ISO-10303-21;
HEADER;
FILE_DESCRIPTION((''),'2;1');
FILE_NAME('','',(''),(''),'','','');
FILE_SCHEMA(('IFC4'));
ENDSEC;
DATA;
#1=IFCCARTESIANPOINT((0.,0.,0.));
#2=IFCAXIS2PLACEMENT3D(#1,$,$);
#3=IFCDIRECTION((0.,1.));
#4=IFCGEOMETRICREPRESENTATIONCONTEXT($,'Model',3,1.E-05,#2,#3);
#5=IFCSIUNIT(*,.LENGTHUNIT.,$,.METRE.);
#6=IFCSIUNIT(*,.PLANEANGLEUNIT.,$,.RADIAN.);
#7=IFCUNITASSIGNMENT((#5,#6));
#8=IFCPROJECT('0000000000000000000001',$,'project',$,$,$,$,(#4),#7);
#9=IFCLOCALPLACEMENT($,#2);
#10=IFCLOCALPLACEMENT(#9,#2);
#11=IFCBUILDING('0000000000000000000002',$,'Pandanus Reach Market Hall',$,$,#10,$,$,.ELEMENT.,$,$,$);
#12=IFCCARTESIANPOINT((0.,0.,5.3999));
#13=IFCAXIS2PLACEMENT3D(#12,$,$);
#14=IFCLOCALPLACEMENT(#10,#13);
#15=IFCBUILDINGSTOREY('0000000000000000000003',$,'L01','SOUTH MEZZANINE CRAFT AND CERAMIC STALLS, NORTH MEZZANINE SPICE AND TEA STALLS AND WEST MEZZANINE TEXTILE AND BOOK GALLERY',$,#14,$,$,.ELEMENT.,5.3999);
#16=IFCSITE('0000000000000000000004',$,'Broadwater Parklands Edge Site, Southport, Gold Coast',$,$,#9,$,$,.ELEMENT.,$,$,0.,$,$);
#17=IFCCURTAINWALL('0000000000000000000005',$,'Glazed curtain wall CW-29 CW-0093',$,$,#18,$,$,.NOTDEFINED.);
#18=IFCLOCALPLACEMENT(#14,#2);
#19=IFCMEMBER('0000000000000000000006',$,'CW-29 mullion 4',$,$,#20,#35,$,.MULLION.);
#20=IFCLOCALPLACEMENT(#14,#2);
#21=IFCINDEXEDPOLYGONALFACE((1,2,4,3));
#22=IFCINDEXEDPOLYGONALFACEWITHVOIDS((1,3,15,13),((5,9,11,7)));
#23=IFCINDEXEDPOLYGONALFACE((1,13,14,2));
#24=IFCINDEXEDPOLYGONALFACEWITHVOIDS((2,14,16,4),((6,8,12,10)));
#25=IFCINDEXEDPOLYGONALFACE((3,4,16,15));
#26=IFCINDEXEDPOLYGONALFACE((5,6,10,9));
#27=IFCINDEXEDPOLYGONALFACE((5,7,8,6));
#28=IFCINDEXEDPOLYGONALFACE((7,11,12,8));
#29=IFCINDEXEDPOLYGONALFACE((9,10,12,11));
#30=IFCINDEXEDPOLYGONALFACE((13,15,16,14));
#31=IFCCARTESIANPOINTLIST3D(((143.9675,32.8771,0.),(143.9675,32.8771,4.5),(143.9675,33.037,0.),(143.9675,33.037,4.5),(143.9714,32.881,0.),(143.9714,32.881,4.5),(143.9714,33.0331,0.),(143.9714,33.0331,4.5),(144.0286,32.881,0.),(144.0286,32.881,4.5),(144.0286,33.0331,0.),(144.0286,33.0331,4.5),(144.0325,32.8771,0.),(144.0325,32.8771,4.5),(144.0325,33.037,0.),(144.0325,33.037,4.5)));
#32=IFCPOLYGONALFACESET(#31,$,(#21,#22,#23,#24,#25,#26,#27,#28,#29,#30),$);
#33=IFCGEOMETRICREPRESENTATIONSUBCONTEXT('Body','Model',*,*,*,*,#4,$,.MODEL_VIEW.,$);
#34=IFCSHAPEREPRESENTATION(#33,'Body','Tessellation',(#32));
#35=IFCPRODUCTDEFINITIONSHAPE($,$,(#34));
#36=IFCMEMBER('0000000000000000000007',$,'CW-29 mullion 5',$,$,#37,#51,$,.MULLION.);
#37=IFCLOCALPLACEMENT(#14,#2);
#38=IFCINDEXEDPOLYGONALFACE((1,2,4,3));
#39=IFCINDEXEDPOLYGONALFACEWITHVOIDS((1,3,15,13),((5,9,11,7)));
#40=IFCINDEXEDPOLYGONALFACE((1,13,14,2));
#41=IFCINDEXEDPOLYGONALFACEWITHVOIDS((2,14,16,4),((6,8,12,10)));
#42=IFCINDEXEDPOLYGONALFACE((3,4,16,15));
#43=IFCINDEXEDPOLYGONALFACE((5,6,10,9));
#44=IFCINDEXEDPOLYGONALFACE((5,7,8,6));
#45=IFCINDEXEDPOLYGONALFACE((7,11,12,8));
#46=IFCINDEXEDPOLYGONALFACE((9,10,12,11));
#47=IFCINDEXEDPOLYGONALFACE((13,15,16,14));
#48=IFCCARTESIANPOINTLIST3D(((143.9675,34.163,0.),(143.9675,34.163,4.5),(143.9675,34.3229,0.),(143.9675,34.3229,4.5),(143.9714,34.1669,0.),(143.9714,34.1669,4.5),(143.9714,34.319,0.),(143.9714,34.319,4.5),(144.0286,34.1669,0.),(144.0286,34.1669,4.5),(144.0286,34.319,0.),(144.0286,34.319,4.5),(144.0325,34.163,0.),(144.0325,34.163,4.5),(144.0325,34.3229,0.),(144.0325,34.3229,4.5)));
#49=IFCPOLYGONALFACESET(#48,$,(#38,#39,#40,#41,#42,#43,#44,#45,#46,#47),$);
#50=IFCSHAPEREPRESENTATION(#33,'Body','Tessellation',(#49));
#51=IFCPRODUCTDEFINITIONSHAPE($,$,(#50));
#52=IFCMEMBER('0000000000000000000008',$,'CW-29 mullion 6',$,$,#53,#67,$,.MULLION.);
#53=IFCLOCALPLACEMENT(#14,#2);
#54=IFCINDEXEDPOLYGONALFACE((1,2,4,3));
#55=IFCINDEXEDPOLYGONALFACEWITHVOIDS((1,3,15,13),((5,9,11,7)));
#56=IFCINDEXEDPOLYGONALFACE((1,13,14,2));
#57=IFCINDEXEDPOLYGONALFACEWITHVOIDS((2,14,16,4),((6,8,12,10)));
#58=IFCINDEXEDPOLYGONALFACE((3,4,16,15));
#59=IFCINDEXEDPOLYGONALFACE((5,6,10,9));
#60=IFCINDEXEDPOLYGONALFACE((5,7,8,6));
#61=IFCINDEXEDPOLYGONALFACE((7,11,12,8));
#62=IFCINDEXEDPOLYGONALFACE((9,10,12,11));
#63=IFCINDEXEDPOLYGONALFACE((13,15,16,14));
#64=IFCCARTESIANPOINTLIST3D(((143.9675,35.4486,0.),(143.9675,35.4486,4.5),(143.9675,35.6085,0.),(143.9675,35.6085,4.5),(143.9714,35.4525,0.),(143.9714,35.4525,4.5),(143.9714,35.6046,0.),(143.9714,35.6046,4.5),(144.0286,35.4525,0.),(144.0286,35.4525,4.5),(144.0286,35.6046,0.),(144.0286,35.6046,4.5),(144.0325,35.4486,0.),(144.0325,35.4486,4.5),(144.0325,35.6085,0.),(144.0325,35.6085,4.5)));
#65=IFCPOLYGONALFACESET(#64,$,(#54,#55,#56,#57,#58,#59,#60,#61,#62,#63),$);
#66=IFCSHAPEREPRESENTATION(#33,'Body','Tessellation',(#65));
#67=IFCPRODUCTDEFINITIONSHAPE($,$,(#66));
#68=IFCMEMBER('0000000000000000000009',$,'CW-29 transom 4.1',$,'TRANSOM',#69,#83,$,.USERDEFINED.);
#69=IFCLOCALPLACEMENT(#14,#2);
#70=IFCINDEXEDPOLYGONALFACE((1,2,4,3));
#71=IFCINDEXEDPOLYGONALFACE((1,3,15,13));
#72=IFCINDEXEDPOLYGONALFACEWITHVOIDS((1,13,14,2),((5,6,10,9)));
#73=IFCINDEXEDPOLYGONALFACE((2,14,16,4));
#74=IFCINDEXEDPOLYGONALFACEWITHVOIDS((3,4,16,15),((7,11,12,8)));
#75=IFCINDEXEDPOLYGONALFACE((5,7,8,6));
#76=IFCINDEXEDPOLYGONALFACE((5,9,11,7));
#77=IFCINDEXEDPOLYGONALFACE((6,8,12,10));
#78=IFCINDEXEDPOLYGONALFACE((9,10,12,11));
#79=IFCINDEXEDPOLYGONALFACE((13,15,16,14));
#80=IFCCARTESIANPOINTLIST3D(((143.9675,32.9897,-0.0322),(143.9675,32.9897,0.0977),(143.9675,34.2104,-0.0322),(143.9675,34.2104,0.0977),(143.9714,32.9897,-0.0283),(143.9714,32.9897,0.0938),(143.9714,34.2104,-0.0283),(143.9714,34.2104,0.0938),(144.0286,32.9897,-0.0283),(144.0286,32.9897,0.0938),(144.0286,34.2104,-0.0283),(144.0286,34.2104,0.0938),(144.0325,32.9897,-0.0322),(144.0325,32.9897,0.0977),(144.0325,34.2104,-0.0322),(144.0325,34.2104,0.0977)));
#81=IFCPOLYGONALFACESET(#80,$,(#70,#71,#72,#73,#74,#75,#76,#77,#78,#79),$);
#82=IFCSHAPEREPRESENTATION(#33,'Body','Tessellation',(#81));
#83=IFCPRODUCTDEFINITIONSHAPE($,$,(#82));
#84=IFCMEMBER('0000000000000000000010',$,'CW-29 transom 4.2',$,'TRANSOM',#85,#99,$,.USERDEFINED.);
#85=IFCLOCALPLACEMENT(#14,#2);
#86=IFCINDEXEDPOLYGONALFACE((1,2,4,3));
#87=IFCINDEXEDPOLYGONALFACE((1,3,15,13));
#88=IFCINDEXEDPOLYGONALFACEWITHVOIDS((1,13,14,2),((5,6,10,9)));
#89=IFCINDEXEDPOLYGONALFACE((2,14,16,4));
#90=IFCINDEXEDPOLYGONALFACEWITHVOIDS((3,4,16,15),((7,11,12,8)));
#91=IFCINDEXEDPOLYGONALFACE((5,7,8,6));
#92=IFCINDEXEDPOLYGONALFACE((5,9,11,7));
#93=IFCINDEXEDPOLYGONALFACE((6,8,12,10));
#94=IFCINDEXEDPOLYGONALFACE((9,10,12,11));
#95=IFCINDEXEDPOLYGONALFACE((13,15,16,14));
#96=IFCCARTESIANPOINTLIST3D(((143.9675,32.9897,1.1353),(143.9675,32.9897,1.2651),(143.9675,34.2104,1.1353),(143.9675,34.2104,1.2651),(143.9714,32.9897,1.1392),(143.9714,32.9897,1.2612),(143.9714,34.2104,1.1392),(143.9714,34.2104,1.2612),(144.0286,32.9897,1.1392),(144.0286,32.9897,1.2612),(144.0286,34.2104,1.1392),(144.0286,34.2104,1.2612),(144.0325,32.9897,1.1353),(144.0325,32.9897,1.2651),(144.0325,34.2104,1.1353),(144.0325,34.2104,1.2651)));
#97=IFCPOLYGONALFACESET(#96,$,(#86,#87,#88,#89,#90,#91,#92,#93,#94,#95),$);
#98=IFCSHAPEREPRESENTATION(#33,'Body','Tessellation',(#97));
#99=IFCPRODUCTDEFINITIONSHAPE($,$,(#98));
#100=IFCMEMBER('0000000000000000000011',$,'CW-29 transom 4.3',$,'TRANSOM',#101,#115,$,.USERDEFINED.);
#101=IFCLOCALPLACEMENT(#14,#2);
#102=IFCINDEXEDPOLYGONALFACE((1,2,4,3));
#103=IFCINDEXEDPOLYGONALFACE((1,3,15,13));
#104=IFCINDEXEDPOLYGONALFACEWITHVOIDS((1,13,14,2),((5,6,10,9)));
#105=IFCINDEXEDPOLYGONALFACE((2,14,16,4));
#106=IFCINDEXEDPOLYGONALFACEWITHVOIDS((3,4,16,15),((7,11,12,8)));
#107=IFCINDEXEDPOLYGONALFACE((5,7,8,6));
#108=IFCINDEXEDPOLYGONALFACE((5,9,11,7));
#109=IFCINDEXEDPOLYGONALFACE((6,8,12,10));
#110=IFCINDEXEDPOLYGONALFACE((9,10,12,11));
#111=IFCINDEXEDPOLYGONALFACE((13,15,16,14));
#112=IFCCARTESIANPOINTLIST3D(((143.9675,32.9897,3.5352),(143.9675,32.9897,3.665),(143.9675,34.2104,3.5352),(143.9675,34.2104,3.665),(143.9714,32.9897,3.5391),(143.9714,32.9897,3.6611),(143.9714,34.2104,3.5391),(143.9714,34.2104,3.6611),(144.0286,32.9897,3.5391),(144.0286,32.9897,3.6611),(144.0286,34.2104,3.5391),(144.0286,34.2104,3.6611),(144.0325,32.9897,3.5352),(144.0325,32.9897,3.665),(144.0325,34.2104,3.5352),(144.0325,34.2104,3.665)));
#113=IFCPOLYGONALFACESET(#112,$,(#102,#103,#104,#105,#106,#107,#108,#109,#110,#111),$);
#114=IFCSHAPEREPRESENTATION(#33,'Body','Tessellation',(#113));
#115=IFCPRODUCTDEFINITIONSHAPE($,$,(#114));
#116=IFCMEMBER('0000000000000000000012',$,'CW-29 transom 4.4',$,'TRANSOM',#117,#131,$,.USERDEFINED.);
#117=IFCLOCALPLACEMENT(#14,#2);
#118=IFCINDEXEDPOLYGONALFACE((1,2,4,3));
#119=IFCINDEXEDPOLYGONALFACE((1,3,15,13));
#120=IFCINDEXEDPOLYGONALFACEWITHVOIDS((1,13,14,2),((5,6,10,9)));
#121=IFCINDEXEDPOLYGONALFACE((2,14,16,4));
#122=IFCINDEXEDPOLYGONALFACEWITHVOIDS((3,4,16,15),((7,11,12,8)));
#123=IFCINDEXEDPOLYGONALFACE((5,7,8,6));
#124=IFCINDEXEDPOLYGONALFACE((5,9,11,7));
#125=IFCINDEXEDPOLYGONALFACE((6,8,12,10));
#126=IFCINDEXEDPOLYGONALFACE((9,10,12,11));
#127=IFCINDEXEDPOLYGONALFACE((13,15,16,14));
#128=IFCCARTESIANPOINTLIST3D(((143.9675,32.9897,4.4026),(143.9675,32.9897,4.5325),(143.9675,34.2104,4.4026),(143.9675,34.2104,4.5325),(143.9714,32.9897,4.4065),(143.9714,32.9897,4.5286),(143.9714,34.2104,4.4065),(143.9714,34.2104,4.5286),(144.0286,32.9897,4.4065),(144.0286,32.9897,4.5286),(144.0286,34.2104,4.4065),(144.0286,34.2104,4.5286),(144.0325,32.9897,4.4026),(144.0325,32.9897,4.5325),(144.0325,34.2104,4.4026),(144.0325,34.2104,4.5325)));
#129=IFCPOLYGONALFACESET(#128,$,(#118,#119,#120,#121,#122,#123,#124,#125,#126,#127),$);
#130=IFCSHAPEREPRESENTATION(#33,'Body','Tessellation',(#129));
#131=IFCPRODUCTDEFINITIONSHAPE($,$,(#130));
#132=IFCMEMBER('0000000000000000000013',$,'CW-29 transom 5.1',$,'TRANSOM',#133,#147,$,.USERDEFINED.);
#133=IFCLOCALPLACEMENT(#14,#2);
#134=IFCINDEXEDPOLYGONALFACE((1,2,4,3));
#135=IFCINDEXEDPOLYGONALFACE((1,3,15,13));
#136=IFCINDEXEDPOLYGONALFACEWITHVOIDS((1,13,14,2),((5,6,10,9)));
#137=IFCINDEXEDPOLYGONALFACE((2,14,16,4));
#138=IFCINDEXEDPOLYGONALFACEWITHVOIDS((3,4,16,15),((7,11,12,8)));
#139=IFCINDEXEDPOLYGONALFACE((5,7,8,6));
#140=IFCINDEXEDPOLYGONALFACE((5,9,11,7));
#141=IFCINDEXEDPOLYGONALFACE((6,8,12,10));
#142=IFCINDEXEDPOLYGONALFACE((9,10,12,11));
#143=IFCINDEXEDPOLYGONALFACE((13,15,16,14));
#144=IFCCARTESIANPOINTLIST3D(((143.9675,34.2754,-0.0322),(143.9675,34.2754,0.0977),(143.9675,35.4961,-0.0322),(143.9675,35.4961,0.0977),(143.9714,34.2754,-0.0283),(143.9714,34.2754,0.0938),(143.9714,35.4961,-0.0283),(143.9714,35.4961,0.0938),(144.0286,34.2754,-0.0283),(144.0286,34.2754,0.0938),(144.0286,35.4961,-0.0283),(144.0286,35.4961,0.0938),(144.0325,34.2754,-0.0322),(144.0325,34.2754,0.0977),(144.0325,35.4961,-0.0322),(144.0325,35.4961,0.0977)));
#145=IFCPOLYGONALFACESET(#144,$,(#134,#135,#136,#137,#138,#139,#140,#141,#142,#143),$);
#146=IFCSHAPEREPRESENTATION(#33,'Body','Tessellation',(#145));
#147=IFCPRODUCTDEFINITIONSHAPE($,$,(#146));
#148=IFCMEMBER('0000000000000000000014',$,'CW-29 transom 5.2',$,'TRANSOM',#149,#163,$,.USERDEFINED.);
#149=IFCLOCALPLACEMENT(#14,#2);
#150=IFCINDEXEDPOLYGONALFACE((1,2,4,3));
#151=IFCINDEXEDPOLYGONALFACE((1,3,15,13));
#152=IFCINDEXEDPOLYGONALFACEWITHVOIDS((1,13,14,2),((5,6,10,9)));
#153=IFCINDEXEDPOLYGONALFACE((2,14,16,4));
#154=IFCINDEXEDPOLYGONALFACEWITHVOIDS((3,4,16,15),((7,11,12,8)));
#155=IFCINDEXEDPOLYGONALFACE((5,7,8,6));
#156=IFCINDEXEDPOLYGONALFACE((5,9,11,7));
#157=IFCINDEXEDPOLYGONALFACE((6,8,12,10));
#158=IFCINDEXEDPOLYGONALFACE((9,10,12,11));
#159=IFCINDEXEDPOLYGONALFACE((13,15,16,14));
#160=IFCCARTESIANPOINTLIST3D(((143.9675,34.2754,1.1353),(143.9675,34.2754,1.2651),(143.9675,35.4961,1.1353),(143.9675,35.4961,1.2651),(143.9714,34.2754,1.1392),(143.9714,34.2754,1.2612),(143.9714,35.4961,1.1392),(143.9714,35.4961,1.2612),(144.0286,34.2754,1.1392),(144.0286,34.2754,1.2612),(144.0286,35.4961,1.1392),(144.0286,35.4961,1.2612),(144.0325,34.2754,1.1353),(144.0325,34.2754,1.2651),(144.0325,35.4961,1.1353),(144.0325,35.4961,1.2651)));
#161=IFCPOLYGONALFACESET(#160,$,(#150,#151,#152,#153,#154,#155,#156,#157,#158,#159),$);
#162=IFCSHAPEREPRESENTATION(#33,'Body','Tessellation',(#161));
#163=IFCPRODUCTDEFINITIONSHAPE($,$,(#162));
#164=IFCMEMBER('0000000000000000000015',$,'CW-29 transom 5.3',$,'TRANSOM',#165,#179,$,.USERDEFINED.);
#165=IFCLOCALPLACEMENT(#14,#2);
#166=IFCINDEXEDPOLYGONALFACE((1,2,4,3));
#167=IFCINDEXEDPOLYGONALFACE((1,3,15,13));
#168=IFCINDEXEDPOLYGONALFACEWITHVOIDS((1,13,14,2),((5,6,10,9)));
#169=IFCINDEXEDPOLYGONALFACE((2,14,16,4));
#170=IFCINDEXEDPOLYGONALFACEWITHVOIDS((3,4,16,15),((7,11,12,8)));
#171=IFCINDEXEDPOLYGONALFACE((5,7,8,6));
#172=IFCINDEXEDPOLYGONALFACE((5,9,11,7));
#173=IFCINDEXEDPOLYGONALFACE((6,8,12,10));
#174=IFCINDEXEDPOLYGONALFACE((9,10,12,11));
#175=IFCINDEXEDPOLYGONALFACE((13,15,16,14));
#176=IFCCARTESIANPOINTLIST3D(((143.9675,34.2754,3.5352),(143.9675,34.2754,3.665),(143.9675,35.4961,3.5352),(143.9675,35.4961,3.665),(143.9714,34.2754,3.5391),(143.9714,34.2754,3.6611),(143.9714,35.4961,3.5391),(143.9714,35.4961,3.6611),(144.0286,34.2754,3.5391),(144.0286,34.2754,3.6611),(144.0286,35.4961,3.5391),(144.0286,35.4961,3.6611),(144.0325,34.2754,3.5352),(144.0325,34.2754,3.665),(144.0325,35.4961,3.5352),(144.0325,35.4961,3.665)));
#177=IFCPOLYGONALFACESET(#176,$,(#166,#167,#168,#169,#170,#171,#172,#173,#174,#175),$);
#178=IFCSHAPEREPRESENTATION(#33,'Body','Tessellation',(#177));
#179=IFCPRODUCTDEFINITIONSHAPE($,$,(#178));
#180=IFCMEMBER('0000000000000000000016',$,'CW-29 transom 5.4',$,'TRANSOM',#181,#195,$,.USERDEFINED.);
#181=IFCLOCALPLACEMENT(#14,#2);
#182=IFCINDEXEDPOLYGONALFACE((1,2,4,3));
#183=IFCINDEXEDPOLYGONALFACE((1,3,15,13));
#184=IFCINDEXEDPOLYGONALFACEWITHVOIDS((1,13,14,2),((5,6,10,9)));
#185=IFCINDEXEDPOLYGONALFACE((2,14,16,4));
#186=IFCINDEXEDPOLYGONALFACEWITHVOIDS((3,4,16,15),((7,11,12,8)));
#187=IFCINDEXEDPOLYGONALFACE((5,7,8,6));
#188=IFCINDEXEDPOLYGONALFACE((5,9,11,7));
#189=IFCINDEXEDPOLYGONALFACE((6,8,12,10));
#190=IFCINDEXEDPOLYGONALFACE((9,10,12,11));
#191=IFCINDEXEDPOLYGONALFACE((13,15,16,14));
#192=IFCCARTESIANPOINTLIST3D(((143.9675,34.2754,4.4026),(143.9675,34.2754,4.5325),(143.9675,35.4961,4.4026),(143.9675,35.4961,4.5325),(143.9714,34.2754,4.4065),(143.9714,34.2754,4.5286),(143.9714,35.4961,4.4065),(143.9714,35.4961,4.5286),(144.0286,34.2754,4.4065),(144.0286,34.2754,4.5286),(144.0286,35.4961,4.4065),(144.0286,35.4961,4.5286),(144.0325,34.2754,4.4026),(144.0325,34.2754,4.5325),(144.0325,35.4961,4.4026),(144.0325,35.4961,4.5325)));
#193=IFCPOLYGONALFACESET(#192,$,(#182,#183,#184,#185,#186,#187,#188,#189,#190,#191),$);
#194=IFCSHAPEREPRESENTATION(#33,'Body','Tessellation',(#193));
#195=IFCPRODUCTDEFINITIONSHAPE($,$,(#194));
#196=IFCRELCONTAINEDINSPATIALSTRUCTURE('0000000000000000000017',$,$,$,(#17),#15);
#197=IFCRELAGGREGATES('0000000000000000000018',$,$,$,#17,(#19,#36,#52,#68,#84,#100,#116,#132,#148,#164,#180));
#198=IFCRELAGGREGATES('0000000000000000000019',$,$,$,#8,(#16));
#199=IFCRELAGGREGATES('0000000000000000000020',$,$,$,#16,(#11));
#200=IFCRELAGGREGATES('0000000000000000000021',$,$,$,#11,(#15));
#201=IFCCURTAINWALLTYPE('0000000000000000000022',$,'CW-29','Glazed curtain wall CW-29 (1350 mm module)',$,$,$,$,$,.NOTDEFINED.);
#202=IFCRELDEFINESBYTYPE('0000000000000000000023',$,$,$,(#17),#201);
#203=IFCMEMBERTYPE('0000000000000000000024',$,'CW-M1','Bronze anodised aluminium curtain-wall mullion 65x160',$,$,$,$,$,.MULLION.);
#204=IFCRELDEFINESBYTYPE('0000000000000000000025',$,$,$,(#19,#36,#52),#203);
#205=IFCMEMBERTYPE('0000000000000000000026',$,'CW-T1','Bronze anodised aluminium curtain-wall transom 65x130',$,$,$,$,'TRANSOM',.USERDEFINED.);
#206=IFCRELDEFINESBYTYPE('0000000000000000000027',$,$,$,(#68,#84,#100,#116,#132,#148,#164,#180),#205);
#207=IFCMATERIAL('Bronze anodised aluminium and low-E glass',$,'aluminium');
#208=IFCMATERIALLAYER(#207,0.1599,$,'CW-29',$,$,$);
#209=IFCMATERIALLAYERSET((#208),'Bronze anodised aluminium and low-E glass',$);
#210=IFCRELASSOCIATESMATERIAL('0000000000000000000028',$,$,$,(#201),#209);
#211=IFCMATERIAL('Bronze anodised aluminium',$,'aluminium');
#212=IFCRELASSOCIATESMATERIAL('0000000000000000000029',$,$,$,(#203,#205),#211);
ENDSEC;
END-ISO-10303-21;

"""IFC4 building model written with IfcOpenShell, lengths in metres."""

from ifc_helpers import new_model, si_unit, direction, frame, origin, origin_2d, place, context, subcontext, project, spatial, hollow_rectangle, extrude, material, layer, layer_set, material_profile, profile_set, type_object, element, aggregate, save


model = new_model("IFC4")

# Units and contexts
model_context = context("Model", 3, precision=1e-05, world=origin(), true_north=direction((0.0, 1.0)))
body_context = subcontext(model_context, "Body", "Model", "MODEL_VIEW")
ifc_project = project(units=[si_unit("LENGTHUNIT", "METRE"), si_unit("PLANEANGLEUNIT", "RADIAN")], contexts=[model_context])

# Site, building, storey
site_placement = place(None, origin())
site = spatial("IfcSite", under=ifc_project, at=site_placement, Name="Broadwater Parklands Edge Site, Southport, Gold Coast", CompositionType="ELEMENT", RefElevation=0.0)
building_placement = place(site_placement, origin())
building = spatial("IfcBuilding", under=site, at=building_placement, Name="Pandanus Reach Market Hall", CompositionType="ELEMENT")
storey_placement = place(building_placement, frame((0.0, 0.0, 5.3999)))
storey = spatial("IfcBuildingStorey", under=building, at=storey_placement, Name="L01", Description="SOUTH MEZZANINE CRAFT AND CERAMIC STALLS, NORTH MEZZANINE SPICE AND TEA STALLS AND WEST MEZZANINE TEXTILE AND BOOK GALLERY", CompositionType="ELEMENT", Elevation=5.3999)

# Curtain wall, members
ifc_material_1 = material(Name="Bronze anodised aluminium and low-E glass", Category="aluminium")
ifc_layer_1 = layer(ifc_material_1, 0.1599, Name="CW-29")
ifc_layer_set_1 = layer_set([ifc_layer_1], Name="Bronze anodised aluminium and low-E glass")
curtain_wall_type = type_object("IfcCurtainWallType", Name="CW-29", Description="Glazed curtain wall CW-29 (1350 mm module)", PredefinedType="NOTDEFINED", material=ifc_layer_set_1)
curtain_wall_placement = place(storey_placement, origin())
curtain_wall = element("IfcCurtainWall", 1, at=curtain_wall_placement, inside=storey, type_object=curtain_wall_type, Name="Glazed curtain wall CW-29 CW-0093", PredefinedType="NOTDEFINED")
ifc_material_2 = material(Name="Bronze anodised aluminium", Category="aluminium")
ifc_material_profile_1 = material_profile(ifc_material_2, hollow_rectangle(XDim=0.0649, YDim=0.1599, WallThickness=0.0039, at=origin_2d()), Name="ALU65x160", Category="LoadBearing")
ifc_profile_set_1 = profile_set([ifc_material_profile_1], Name="Bronze anodised aluminium")
member_type_1 = type_object("IfcMemberType", Name="CW-M1", Description="Bronze anodised aluminium curtain-wall mullion 65x160", PredefinedType="MULLION", material=ifc_profile_set_1)
member_1_placement = place(storey_placement, frame((144.0, 32.957, 0.0), z_axis=(0.0, 0.0, 1.0), x_axis=(-1.0, 0.0, 0.0)))
member_1 = element("IfcMember", 2, at=member_1_placement, type_object=member_type_1, Name="CW-29 mullion 4", PredefinedType="MULLION", context=body_context, shape_type="SweptSolid", body=[
    extrude(hollow_rectangle(XDim=0.0649, YDim=0.1599, WallThickness=0.0039, at=origin_2d()), origin(), (0.0, 0.0, 1.0), 4.5),
])
member_2_placement = place(storey_placement, frame((144.0, 34.2429, 0.0), z_axis=(0.0, 0.0, 1.0), x_axis=(-1.0, 0.0, 0.0)))
member_2 = element("IfcMember", 3, at=member_2_placement, type_object=member_type_1, Name="CW-29 mullion 5", PredefinedType="MULLION", context=body_context, shape_type="SweptSolid", body=[
    extrude(hollow_rectangle(XDim=0.0649, YDim=0.1599, WallThickness=0.0039, at=origin_2d()), origin(), (0.0, 0.0, 1.0), 4.5),
])
member_3_placement = place(storey_placement, frame((144.0, 35.5286, 0.0), z_axis=(0.0, 0.0, 1.0), x_axis=(-1.0, 0.0, 0.0)))
member_3 = element("IfcMember", 4, at=member_3_placement, type_object=member_type_1, Name="CW-29 mullion 6", PredefinedType="MULLION", context=body_context, shape_type="SweptSolid", body=[
    extrude(hollow_rectangle(XDim=0.0649, YDim=0.1599, WallThickness=0.0039, at=origin_2d()), origin(), (0.0, 0.0, 1.0), 4.5),
])
ifc_material_profile_2 = material_profile(ifc_material_2, hollow_rectangle(XDim=0.0649, YDim=0.1299, WallThickness=0.0039, at=origin_2d()), Name="ALU65x130", Category="LoadBearing")
ifc_profile_set_2 = profile_set([ifc_material_profile_2], Name="Bronze anodised aluminium")
member_type_2 = type_object("IfcMemberType", Name="CW-T1", Description="Bronze anodised aluminium curtain-wall transom 65x130", ElementType="TRANSOM", PredefinedType="USERDEFINED", material=ifc_profile_set_2)
member_4_placement = place(storey_placement, frame((144.0, 32.9897, 0.0327), z_axis=(0.0, 1.0, 0.0), x_axis=(-1.0, 0.0, 0.0)))
member_4 = element("IfcMember", 5, at=member_4_placement, type_object=member_type_2, Name="CW-29 transom 4.1", ObjectType="TRANSOM", PredefinedType="USERDEFINED", context=body_context, shape_type="SweptSolid", body=[
    extrude(hollow_rectangle(XDim=0.0649, YDim=0.1299, WallThickness=0.0039, at=origin_2d()), origin(), (0.0, 0.0, 1.0), 1.2207),
])
member_5_placement = place(storey_placement, frame((144.0, 32.9897, 1.2002), z_axis=(0.0, 1.0, 0.0), x_axis=(-1.0, 0.0, 0.0)))
member_5 = element("IfcMember", 6, at=member_5_placement, type_object=member_type_2, Name="CW-29 transom 4.2", ObjectType="TRANSOM", PredefinedType="USERDEFINED", context=body_context, shape_type="SweptSolid", body=[
    extrude(hollow_rectangle(XDim=0.0649, YDim=0.1299, WallThickness=0.0039, at=origin_2d()), origin(), (0.0, 0.0, 1.0), 1.2207),
])
member_6_placement = place(storey_placement, frame((144.0, 32.9897, 3.6001), z_axis=(0.0, 1.0, 0.0), x_axis=(-1.0, 0.0, 0.0)))
member_6 = element("IfcMember", 7, at=member_6_placement, type_object=member_type_2, Name="CW-29 transom 4.3", ObjectType="TRANSOM", PredefinedType="USERDEFINED", context=body_context, shape_type="SweptSolid", body=[
    extrude(hollow_rectangle(XDim=0.0649, YDim=0.1299, WallThickness=0.0039, at=origin_2d()), origin(), (0.0, 0.0, 1.0), 1.2207),
])
member_7_placement = place(storey_placement, frame((144.0, 32.9897, 4.4675), z_axis=(0.0, 1.0, 0.0), x_axis=(-1.0, 0.0, 0.0)))
member_7 = element("IfcMember", 8, at=member_7_placement, type_object=member_type_2, Name="CW-29 transom 4.4", ObjectType="TRANSOM", PredefinedType="USERDEFINED", context=body_context, shape_type="SweptSolid", body=[
    extrude(hollow_rectangle(XDim=0.0649, YDim=0.1299, WallThickness=0.0039, at=origin_2d()), origin(), (0.0, 0.0, 1.0), 1.2207),
])
member_8_placement = place(storey_placement, frame((144.0, 34.2754, 0.0327), z_axis=(0.0, 1.0, 0.0), x_axis=(-1.0, 0.0, 0.0)))
member_8 = element("IfcMember", 9, at=member_8_placement, type_object=member_type_2, Name="CW-29 transom 5.1", ObjectType="TRANSOM", PredefinedType="USERDEFINED", context=body_context, shape_type="SweptSolid", body=[
    extrude(hollow_rectangle(XDim=0.0649, YDim=0.1299, WallThickness=0.0039, at=origin_2d()), origin(), (0.0, 0.0, 1.0), 1.2207),
])
member_9_placement = place(storey_placement, frame((144.0, 34.2754, 1.2002), z_axis=(0.0, 1.0, 0.0), x_axis=(-1.0, 0.0, 0.0)))
member_9 = element("IfcMember", 10, at=member_9_placement, type_object=member_type_2, Name="CW-29 transom 5.2", ObjectType="TRANSOM", PredefinedType="USERDEFINED", context=body_context, shape_type="SweptSolid", body=[
    extrude(hollow_rectangle(XDim=0.0649, YDim=0.1299, WallThickness=0.0039, at=origin_2d()), origin(), (0.0, 0.0, 1.0), 1.2207),
])
member_10_placement = place(storey_placement, frame((144.0, 34.2754, 3.6001), z_axis=(0.0, 1.0, 0.0), x_axis=(-1.0, 0.0, 0.0)))
member_10 = element("IfcMember", 11, at=member_10_placement, type_object=member_type_2, Name="CW-29 transom 5.3", ObjectType="TRANSOM", PredefinedType="USERDEFINED", context=body_context, shape_type="SweptSolid", body=[
    extrude(hollow_rectangle(XDim=0.0649, YDim=0.1299, WallThickness=0.0039, at=origin_2d()), origin(), (0.0, 0.0, 1.0), 1.2207),
])
member_11_placement = place(storey_placement, frame((144.0, 34.2754, 4.4675), z_axis=(0.0, 1.0, 0.0), x_axis=(-1.0, 0.0, 0.0)))
member_11 = element("IfcMember", 12, at=member_11_placement, type_object=member_type_2, Name="CW-29 transom 5.4", ObjectType="TRANSOM", PredefinedType="USERDEFINED", context=body_context, shape_type="SweptSolid", body=[
    extrude(hollow_rectangle(XDim=0.0649, YDim=0.1299, WallThickness=0.0039, at=origin_2d()), origin(), (0.0, 0.0, 1.0), 1.2207),
])
aggregate(curtain_wall, [member_1, member_2, member_3, member_4, member_5, member_6, member_7, member_8, member_9, member_10, member_11])

save(model, "model.ifc")
